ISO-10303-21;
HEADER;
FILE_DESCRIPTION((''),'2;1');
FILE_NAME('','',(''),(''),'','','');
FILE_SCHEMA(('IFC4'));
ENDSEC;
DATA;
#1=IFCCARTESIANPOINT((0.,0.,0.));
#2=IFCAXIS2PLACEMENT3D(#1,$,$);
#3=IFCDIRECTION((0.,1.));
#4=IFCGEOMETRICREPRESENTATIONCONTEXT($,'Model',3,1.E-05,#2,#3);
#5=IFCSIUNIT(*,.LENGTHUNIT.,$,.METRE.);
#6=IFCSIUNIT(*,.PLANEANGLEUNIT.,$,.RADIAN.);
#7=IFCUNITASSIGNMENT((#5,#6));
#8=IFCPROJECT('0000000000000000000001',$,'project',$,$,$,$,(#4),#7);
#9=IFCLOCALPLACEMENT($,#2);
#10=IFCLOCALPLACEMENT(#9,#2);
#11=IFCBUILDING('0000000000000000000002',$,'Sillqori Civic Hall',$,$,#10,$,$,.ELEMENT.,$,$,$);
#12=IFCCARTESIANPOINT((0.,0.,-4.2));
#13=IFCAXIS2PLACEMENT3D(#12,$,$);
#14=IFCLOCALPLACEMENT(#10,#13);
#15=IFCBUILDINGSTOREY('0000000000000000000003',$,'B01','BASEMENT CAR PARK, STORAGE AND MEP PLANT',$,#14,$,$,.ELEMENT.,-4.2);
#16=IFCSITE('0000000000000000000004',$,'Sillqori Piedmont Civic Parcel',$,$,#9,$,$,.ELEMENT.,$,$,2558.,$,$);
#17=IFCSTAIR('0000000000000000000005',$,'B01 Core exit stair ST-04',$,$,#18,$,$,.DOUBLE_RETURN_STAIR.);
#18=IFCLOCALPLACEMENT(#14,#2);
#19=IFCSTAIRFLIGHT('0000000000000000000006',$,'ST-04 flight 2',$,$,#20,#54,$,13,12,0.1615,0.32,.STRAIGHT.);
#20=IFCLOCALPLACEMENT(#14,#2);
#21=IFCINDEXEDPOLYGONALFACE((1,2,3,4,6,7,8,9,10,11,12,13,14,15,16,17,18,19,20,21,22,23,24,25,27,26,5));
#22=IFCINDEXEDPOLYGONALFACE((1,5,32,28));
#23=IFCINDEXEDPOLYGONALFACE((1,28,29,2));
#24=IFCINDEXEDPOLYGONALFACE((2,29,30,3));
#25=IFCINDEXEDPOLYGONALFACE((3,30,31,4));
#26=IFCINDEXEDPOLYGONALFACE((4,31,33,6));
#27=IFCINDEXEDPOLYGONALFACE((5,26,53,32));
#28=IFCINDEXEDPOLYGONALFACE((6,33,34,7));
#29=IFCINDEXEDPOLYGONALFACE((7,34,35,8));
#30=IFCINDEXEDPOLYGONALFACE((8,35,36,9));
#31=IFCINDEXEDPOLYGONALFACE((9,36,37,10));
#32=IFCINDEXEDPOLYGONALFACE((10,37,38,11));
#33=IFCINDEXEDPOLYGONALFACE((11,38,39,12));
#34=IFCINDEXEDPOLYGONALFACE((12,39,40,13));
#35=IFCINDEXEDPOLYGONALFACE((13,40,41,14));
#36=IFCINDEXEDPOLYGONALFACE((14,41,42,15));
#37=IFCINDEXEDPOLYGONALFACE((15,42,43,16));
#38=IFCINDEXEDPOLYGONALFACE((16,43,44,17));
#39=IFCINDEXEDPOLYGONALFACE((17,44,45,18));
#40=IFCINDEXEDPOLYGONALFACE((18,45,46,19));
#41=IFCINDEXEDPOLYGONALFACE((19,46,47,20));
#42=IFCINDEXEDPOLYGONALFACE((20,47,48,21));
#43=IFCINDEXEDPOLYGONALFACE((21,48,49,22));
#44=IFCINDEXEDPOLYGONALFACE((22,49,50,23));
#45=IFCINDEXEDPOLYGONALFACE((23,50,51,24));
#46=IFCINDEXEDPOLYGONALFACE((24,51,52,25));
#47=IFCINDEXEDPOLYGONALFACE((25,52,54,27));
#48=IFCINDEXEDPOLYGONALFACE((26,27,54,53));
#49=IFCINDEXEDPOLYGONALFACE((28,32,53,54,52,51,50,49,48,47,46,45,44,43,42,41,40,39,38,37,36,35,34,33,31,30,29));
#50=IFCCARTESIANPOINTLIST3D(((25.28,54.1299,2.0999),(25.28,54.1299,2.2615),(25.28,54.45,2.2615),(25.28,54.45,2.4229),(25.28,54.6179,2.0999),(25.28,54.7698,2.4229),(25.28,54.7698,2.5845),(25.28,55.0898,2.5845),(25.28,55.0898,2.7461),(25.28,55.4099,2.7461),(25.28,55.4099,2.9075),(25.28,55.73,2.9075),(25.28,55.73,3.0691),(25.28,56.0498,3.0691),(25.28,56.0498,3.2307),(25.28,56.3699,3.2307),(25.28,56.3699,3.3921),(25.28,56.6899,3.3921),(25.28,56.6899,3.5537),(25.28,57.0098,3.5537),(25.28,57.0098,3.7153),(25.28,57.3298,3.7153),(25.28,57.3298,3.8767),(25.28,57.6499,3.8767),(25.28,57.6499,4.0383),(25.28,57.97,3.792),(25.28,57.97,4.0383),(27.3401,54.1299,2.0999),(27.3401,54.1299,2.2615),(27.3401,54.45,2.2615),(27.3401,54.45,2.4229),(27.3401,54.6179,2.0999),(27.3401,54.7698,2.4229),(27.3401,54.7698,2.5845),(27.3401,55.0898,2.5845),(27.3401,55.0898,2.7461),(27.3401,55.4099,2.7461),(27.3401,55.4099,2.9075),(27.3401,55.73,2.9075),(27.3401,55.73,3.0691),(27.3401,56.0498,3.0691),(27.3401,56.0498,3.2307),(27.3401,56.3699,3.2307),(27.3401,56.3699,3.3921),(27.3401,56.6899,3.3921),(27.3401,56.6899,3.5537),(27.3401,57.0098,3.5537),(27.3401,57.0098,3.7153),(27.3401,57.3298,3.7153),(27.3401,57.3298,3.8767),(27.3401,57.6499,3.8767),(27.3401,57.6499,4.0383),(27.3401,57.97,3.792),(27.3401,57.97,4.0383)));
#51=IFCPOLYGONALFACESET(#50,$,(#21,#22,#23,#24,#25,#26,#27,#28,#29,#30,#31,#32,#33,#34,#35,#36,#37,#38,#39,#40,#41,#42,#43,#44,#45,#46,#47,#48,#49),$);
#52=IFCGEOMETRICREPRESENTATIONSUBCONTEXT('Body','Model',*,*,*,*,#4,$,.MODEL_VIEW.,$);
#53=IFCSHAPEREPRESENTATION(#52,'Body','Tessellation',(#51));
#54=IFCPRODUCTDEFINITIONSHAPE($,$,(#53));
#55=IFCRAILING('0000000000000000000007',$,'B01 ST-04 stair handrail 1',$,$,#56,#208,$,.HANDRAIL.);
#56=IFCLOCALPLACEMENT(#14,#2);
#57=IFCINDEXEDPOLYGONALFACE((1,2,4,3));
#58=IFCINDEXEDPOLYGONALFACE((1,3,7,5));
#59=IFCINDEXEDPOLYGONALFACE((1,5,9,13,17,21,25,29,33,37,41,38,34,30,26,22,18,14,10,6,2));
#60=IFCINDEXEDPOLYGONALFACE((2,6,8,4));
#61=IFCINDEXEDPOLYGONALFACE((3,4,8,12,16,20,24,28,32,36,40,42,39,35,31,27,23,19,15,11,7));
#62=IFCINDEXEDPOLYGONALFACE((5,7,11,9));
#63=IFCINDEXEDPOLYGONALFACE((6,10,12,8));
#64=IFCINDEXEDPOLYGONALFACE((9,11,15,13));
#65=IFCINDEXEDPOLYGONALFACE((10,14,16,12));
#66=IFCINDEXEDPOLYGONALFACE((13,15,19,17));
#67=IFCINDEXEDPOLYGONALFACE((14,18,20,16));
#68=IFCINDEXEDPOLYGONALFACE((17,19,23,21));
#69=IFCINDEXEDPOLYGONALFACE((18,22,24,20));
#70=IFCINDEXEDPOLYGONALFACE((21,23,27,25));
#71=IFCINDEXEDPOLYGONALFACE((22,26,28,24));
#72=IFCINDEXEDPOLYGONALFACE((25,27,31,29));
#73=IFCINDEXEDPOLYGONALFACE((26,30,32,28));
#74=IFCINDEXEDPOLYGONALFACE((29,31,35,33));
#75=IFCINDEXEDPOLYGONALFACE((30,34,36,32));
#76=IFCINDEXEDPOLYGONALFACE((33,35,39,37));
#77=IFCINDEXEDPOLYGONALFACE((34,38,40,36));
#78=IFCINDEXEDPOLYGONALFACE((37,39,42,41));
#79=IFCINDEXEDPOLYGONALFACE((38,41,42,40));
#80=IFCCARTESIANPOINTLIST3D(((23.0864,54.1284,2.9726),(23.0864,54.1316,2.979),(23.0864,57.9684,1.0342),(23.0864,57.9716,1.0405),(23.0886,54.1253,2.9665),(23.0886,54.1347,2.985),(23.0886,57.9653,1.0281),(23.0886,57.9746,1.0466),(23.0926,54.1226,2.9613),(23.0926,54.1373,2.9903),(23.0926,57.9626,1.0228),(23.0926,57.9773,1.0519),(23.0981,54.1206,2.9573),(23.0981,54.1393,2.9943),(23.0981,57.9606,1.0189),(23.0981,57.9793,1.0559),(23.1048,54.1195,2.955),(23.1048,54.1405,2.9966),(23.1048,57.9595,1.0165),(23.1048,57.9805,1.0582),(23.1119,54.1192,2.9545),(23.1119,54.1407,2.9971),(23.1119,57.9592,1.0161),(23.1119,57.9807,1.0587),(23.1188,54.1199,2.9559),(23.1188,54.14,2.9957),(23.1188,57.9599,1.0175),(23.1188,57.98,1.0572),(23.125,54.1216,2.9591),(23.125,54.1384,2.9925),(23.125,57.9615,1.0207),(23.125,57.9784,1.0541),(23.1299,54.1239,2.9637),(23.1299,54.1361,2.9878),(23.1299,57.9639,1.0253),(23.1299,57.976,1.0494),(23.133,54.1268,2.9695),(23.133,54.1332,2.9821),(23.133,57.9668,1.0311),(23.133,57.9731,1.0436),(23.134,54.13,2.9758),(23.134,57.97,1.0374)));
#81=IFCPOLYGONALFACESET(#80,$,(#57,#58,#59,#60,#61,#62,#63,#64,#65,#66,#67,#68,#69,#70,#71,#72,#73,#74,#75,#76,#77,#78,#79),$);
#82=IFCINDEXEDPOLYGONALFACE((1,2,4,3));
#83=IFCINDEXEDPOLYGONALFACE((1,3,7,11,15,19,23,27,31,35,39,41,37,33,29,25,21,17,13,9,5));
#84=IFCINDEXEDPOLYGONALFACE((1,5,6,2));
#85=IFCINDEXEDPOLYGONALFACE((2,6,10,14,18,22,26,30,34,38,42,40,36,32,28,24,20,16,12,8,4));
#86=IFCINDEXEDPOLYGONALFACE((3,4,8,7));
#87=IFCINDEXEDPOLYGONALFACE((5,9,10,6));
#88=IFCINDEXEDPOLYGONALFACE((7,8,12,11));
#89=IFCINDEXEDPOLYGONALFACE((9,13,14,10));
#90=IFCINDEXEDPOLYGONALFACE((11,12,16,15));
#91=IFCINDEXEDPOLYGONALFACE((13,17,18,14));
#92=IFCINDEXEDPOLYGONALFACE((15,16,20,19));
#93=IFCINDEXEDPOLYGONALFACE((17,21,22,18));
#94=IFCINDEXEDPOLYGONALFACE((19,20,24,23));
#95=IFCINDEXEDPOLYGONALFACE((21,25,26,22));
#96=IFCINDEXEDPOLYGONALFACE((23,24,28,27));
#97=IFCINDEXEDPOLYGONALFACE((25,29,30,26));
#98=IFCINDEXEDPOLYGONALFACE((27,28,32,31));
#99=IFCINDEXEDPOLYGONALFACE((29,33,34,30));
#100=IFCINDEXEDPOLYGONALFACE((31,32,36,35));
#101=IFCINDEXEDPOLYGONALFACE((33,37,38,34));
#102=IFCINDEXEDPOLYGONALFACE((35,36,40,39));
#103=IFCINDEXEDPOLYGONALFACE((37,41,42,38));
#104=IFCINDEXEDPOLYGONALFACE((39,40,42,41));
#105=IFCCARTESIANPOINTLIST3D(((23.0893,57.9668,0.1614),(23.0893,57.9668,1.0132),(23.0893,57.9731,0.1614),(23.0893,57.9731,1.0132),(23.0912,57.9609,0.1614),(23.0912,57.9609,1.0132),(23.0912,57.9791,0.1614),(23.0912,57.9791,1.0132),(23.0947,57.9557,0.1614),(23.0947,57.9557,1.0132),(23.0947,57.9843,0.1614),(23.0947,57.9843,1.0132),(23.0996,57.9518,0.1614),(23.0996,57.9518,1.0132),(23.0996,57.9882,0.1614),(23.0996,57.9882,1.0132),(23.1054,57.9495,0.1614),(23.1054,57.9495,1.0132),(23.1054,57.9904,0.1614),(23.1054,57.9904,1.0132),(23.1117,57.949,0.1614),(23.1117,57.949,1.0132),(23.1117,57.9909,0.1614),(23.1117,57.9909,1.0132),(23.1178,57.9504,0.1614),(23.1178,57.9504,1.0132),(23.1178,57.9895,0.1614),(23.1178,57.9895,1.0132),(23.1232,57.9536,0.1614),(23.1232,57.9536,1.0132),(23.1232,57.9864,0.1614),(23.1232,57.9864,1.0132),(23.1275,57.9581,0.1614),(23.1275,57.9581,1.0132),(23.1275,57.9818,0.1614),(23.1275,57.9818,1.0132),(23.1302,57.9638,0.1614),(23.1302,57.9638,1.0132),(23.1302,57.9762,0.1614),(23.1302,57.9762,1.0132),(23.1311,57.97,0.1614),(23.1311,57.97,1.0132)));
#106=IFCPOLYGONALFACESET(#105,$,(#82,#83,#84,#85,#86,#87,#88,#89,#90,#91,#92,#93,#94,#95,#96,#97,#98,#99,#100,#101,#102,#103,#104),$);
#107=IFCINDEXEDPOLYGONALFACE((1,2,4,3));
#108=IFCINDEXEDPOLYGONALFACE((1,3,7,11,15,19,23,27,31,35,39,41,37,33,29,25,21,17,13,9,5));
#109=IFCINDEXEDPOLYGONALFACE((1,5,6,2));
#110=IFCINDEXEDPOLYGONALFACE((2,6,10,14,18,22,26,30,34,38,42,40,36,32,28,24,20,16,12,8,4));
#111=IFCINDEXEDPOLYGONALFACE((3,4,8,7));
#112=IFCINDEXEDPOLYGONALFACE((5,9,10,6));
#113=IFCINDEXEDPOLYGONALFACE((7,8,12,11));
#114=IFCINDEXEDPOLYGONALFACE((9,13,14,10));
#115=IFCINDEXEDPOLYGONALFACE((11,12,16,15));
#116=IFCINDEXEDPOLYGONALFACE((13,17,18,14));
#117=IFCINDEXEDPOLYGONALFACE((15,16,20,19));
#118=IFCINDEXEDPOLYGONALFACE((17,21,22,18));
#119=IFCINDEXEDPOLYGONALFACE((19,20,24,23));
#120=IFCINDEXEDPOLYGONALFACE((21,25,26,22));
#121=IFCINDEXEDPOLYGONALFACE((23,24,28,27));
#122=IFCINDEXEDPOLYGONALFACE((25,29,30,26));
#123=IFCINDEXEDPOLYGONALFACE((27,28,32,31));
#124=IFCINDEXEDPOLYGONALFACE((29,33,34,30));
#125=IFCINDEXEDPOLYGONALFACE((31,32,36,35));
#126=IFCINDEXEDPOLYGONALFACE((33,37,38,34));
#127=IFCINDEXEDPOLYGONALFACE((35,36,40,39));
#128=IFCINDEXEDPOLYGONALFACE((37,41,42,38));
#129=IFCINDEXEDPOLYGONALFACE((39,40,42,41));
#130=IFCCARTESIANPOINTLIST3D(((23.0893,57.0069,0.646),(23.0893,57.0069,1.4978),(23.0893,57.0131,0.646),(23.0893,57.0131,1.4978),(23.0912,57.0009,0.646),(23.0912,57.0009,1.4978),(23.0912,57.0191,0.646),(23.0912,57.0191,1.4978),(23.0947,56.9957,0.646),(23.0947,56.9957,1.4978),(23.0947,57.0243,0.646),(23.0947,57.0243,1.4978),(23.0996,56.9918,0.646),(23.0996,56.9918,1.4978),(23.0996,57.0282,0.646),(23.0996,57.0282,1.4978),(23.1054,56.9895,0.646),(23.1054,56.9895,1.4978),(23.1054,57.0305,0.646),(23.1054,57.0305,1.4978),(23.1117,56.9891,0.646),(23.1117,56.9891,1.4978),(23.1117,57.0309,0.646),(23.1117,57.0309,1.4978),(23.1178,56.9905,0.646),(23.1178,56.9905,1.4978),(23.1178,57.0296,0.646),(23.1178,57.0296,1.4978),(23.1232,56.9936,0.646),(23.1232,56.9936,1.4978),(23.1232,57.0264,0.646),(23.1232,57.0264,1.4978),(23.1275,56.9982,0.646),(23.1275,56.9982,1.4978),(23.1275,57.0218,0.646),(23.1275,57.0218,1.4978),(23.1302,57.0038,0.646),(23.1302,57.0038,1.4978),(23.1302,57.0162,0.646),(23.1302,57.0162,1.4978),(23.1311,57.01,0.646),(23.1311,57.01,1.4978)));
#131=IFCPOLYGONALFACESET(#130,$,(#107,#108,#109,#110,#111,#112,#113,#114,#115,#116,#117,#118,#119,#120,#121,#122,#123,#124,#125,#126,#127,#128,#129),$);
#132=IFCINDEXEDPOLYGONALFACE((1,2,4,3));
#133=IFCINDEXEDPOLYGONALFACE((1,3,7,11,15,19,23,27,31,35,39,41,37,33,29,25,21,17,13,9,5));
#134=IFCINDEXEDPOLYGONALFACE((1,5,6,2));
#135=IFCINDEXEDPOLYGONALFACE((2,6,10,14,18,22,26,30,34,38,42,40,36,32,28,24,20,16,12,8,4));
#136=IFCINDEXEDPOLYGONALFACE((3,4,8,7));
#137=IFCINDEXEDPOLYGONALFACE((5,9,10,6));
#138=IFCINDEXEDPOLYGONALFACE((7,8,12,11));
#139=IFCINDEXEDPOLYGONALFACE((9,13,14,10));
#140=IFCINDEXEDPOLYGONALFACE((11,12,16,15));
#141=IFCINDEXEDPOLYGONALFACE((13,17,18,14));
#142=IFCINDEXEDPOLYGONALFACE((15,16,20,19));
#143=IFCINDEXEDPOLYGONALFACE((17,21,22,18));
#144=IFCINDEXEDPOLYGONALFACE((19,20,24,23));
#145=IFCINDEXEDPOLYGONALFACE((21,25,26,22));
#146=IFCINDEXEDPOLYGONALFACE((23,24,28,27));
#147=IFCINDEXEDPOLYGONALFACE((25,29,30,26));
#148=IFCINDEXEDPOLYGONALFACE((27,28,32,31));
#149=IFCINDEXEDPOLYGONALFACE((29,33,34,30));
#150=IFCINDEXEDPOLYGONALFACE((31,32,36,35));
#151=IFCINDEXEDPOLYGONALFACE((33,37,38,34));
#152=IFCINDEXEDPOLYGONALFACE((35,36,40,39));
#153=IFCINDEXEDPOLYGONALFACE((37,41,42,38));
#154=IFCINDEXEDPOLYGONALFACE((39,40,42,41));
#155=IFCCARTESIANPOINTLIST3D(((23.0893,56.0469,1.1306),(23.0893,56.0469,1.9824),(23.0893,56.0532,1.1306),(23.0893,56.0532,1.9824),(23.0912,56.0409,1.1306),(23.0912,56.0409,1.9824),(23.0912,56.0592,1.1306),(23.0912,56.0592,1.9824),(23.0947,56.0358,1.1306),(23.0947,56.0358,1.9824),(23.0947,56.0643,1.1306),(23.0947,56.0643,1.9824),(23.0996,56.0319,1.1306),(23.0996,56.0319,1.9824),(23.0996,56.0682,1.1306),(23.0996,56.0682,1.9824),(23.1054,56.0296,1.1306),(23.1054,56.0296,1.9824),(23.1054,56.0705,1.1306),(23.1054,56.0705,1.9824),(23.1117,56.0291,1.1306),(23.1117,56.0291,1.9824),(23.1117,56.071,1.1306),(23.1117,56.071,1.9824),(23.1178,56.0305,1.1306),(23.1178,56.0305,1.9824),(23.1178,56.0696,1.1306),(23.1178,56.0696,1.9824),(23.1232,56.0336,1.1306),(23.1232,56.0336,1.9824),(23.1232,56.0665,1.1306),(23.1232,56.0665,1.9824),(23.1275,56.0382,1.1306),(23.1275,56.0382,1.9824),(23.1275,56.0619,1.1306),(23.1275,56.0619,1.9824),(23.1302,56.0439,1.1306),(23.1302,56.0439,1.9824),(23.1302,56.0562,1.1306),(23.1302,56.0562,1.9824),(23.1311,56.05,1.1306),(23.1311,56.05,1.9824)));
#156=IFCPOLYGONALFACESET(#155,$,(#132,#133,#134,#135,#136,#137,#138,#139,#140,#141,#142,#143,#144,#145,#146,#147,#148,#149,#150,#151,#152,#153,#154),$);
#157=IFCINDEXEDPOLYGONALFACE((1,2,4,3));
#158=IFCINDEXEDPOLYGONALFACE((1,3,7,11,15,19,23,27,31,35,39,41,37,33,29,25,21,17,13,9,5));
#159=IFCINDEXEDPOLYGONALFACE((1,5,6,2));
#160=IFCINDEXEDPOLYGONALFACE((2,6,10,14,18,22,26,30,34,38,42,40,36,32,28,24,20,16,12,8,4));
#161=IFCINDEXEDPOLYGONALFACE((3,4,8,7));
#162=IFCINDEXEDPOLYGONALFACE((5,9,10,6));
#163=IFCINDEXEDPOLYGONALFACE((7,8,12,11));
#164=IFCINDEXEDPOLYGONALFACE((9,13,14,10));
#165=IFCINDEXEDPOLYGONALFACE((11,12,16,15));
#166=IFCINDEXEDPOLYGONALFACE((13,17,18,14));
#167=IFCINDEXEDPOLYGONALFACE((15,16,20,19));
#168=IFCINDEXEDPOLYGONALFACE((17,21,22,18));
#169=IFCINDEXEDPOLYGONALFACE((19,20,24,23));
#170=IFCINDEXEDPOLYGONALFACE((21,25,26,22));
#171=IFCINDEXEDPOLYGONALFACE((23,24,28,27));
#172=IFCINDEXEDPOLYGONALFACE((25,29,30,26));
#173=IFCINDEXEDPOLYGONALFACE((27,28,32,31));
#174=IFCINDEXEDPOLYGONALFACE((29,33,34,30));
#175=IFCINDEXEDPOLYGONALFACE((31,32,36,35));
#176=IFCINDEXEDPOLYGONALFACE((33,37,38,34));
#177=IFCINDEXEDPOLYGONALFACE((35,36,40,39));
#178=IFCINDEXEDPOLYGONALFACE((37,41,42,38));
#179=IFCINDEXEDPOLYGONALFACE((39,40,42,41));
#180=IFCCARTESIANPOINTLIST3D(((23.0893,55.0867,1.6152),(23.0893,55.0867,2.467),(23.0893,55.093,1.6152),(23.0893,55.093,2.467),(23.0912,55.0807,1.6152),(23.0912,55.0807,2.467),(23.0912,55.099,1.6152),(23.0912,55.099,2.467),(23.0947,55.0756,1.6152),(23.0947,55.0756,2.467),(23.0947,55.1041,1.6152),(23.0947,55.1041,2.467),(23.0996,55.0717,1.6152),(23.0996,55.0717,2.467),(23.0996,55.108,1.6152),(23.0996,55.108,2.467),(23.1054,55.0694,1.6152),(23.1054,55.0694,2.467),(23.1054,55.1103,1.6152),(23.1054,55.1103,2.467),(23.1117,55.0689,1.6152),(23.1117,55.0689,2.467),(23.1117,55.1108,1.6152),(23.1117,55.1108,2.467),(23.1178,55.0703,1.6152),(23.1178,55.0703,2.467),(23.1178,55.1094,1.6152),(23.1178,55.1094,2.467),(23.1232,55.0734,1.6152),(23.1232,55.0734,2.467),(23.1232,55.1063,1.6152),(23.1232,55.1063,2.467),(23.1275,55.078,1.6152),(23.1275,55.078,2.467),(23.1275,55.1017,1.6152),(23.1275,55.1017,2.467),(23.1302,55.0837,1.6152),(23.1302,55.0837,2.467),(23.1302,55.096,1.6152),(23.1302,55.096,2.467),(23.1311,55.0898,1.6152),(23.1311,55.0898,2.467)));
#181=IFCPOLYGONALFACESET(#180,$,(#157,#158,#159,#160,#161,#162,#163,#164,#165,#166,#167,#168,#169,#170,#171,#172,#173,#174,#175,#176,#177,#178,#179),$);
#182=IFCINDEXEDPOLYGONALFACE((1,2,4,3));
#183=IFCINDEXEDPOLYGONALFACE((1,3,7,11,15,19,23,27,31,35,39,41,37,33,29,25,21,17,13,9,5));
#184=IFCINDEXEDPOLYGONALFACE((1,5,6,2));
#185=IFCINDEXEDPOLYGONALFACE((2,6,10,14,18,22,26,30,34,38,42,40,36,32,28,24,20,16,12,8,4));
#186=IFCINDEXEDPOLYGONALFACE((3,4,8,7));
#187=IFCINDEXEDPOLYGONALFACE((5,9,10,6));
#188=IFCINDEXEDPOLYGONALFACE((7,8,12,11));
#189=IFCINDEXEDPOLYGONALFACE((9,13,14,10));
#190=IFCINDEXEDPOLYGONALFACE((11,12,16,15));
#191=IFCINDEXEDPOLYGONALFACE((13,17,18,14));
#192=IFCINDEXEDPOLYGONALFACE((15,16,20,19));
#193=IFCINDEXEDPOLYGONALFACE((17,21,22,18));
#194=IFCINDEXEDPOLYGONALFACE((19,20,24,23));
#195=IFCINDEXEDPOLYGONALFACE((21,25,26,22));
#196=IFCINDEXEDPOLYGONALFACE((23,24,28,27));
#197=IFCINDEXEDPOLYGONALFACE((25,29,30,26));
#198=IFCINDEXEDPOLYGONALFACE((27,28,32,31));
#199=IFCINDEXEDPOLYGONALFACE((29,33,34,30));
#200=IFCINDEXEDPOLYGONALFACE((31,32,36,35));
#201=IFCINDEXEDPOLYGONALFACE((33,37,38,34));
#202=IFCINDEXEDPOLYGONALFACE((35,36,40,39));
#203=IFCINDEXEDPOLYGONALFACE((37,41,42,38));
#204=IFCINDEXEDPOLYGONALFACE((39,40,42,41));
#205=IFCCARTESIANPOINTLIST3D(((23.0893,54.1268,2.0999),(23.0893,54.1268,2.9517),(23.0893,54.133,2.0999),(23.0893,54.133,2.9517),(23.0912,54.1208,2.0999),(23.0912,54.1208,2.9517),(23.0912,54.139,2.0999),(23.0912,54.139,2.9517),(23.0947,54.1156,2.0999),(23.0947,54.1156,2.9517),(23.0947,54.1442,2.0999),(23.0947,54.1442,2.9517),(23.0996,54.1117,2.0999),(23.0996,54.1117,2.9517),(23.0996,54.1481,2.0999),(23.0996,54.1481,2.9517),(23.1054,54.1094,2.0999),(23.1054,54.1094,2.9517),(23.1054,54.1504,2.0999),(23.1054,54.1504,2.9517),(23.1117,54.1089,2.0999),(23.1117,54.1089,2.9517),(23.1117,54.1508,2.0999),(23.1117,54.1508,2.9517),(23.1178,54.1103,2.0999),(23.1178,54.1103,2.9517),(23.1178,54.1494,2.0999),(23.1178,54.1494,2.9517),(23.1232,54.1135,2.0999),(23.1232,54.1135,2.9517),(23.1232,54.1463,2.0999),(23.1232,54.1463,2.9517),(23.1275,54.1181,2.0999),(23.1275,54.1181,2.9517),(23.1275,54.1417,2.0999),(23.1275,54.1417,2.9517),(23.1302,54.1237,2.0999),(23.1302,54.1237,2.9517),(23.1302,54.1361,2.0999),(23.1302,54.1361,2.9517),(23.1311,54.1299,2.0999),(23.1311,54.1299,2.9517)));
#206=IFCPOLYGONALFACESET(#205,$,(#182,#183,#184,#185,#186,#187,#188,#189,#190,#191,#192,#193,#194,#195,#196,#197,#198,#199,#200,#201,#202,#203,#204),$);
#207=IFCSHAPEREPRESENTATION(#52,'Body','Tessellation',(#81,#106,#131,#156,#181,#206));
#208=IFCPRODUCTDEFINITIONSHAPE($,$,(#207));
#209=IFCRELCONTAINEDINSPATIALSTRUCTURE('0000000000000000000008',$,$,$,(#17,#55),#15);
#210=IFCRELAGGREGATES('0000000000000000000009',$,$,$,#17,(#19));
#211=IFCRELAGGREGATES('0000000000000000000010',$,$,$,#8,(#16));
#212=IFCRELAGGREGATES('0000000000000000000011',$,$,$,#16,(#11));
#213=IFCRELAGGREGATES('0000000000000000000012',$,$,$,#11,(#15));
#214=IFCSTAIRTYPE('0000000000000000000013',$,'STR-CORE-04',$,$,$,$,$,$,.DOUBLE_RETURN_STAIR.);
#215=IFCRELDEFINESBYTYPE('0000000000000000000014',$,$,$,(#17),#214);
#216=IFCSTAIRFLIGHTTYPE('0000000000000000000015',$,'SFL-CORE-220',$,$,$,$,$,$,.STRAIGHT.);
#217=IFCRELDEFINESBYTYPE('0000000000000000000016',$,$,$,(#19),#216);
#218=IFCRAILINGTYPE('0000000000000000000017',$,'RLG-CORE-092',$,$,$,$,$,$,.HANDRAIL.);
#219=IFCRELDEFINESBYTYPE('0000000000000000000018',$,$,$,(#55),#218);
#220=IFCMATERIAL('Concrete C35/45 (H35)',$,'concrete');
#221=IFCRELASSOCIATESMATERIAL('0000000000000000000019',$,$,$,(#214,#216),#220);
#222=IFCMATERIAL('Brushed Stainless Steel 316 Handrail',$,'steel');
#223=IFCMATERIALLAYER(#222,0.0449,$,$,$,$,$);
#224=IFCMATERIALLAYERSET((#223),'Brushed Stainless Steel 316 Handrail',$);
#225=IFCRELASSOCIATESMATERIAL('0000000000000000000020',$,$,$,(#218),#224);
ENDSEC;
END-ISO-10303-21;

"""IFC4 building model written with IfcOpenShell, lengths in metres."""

from ifc_helpers import new_model, si_unit, direction, frame, origin, origin_2d, place, context, subcontext, project, spatial, polyline, circle, outline, extrude, material, layer, layer_set, type_object, element, aggregate, save


model = new_model("IFC4")

# Units and contexts
model_context = context("Model", 3, precision=1e-05, world=origin(), true_north=direction((0.0, 1.0)))
body_context = subcontext(model_context, "Body", "Model", "MODEL_VIEW")
ifc_project = project(units=[si_unit("LENGTHUNIT", "METRE"), si_unit("PLANEANGLEUNIT", "RADIAN")], contexts=[model_context])

# Site, building, storey
site_placement = place(None, origin())
site = spatial("IfcSite", under=ifc_project, at=site_placement, Name="Sillqori Piedmont Civic Parcel", CompositionType="ELEMENT", RefElevation=2558.0)
building_placement = place(site_placement, origin())
building = spatial("IfcBuilding", under=site, at=building_placement, Name="Sillqori Civic Hall", CompositionType="ELEMENT")
storey_placement = place(building_placement, frame((0.0, 0.0, -4.2)))
storey = spatial("IfcBuildingStorey", under=building, at=storey_placement, Name="B01", Description="BASEMENT CAR PARK, STORAGE AND MEP PLANT", CompositionType="ELEMENT", Elevation=-4.2)

# Shared definitions
ifc_material_1 = material(Name="Concrete C35/45 (H35)", Category="concrete")

# Stair, stair flight
stair_type = type_object("IfcStairType", Name="STR-CORE-04", PredefinedType="DOUBLE_RETURN_STAIR", material=ifc_material_1)
stair_placement = place(storey_placement, origin())
stair = element("IfcStair", 1, at=stair_placement, inside=storey, type_object=stair_type, Name="B01 Core exit stair ST-04", PredefinedType="DOUBLE_RETURN_STAIR")
stair_flight_type = type_object("IfcStairFlightType", Name="SFL-CORE-220", PredefinedType="STRAIGHT", material=ifc_material_1)
stair_flight_1_placement = place(storey_placement, frame((26.3101, 54.1299, 2.0999), z_axis=(0.0, 0.0, 1.0), x_axis=(0.0, 1.0, 0.0)))
stair_flight_1 = element("IfcStairFlight", 2, at=stair_flight_1_placement, type_object=stair_flight_type, Name="ST-04 flight 2", NumberOfRisers=13, NumberOfTreads=12, PredefinedType="STRAIGHT", RiserHeight=0.1615, TreadLength=0.32, context=body_context, shape_type="SweptSolid", body=[
    extrude(outline(polyline([(0.0, 0.0), (0.0, 0.1616), (0.3201, 0.1616), (0.3201, 0.323), (0.6399, 0.323), (0.6399, 0.4846), (0.96, 0.4846), (0.96, 0.6462), (1.28, 0.6462), (1.28, 0.8076), (1.6001, 0.8076), (1.6001, 0.9692), (1.9199, 0.9692), (1.9199, 1.1309), (2.24, 1.1309), (2.24, 1.2922), (2.5601, 1.2922), (2.5601, 1.4539), (2.8799, 1.4539), (2.8799, 1.6155), (3.2, 1.6155), (3.2, 1.7769), (3.52, 1.7769), (3.52, 1.9385), (3.8401, 1.9385), (3.8401, 2.1001), (3.8401, 1.6921), (0.488, 0.0), (0.0, 0.0)])), frame((0.0, 1.03, 0.0), z_axis=(0.0, -1.0, 0.0), x_axis=(1.0, 0.0, 0.0)), (0.0, 0.0, 1.0), 2.0601),
])
aggregate(stair, [stair_flight_1])

# Railing
ifc_material_2 = material(Name="Brushed Stainless Steel 316 Handrail", Category="steel")
ifc_layer_1 = layer(ifc_material_2, 0.0449)
ifc_layer_set_1 = layer_set([ifc_layer_1], Name="Brushed Stainless Steel 316 Handrail")
railing_type_1 = type_object("IfcRailingType", Name="RLG-CORE-092", PredefinedType="HANDRAIL", material=ifc_layer_set_1)
railing_1_placement = place(storey_placement, frame((23.1101, 57.97, 0.1614)))
element("IfcRailing", 3, at=railing_1_placement, inside=storey, type_object=railing_type_1, Name="B01 ST-04 stair handrail 1", PredefinedType="HANDRAIL", context=body_context, shape_type="SweptSolid", body=[
    extrude(circle(Radius=0.0239, at=origin_2d()), frame((0.0, 0.0, 0.876), z_axis=(0.0, -0.892707, 0.450638), x_axis=(1.0, 0.0, 0.0)), (0.0, 0.0, 1.0), 4.3015),
    extrude(circle(Radius=0.021, at=origin_2d()), origin(), (0.0, 0.0, 1.0), 0.8518),
    extrude(circle(Radius=0.021, at=origin_2d()), frame((0.0, -0.96, 0.4846)), (0.0, 0.0, 1.0), 0.8518),
    extrude(circle(Radius=0.021, at=origin_2d()), frame((0.0, -1.9199, 0.9692)), (0.0, 0.0, 1.0), 0.8518),
    extrude(circle(Radius=0.021, at=origin_2d()), frame((0.0, -2.8801, 1.4539)), (0.0, 0.0, 1.0), 0.8518),
    extrude(circle(Radius=0.021, at=origin_2d()), frame((0.0, -3.8401, 1.9385)), (0.0, 0.0, 1.0), 0.8518),
])

save(model, "model.ifc")
